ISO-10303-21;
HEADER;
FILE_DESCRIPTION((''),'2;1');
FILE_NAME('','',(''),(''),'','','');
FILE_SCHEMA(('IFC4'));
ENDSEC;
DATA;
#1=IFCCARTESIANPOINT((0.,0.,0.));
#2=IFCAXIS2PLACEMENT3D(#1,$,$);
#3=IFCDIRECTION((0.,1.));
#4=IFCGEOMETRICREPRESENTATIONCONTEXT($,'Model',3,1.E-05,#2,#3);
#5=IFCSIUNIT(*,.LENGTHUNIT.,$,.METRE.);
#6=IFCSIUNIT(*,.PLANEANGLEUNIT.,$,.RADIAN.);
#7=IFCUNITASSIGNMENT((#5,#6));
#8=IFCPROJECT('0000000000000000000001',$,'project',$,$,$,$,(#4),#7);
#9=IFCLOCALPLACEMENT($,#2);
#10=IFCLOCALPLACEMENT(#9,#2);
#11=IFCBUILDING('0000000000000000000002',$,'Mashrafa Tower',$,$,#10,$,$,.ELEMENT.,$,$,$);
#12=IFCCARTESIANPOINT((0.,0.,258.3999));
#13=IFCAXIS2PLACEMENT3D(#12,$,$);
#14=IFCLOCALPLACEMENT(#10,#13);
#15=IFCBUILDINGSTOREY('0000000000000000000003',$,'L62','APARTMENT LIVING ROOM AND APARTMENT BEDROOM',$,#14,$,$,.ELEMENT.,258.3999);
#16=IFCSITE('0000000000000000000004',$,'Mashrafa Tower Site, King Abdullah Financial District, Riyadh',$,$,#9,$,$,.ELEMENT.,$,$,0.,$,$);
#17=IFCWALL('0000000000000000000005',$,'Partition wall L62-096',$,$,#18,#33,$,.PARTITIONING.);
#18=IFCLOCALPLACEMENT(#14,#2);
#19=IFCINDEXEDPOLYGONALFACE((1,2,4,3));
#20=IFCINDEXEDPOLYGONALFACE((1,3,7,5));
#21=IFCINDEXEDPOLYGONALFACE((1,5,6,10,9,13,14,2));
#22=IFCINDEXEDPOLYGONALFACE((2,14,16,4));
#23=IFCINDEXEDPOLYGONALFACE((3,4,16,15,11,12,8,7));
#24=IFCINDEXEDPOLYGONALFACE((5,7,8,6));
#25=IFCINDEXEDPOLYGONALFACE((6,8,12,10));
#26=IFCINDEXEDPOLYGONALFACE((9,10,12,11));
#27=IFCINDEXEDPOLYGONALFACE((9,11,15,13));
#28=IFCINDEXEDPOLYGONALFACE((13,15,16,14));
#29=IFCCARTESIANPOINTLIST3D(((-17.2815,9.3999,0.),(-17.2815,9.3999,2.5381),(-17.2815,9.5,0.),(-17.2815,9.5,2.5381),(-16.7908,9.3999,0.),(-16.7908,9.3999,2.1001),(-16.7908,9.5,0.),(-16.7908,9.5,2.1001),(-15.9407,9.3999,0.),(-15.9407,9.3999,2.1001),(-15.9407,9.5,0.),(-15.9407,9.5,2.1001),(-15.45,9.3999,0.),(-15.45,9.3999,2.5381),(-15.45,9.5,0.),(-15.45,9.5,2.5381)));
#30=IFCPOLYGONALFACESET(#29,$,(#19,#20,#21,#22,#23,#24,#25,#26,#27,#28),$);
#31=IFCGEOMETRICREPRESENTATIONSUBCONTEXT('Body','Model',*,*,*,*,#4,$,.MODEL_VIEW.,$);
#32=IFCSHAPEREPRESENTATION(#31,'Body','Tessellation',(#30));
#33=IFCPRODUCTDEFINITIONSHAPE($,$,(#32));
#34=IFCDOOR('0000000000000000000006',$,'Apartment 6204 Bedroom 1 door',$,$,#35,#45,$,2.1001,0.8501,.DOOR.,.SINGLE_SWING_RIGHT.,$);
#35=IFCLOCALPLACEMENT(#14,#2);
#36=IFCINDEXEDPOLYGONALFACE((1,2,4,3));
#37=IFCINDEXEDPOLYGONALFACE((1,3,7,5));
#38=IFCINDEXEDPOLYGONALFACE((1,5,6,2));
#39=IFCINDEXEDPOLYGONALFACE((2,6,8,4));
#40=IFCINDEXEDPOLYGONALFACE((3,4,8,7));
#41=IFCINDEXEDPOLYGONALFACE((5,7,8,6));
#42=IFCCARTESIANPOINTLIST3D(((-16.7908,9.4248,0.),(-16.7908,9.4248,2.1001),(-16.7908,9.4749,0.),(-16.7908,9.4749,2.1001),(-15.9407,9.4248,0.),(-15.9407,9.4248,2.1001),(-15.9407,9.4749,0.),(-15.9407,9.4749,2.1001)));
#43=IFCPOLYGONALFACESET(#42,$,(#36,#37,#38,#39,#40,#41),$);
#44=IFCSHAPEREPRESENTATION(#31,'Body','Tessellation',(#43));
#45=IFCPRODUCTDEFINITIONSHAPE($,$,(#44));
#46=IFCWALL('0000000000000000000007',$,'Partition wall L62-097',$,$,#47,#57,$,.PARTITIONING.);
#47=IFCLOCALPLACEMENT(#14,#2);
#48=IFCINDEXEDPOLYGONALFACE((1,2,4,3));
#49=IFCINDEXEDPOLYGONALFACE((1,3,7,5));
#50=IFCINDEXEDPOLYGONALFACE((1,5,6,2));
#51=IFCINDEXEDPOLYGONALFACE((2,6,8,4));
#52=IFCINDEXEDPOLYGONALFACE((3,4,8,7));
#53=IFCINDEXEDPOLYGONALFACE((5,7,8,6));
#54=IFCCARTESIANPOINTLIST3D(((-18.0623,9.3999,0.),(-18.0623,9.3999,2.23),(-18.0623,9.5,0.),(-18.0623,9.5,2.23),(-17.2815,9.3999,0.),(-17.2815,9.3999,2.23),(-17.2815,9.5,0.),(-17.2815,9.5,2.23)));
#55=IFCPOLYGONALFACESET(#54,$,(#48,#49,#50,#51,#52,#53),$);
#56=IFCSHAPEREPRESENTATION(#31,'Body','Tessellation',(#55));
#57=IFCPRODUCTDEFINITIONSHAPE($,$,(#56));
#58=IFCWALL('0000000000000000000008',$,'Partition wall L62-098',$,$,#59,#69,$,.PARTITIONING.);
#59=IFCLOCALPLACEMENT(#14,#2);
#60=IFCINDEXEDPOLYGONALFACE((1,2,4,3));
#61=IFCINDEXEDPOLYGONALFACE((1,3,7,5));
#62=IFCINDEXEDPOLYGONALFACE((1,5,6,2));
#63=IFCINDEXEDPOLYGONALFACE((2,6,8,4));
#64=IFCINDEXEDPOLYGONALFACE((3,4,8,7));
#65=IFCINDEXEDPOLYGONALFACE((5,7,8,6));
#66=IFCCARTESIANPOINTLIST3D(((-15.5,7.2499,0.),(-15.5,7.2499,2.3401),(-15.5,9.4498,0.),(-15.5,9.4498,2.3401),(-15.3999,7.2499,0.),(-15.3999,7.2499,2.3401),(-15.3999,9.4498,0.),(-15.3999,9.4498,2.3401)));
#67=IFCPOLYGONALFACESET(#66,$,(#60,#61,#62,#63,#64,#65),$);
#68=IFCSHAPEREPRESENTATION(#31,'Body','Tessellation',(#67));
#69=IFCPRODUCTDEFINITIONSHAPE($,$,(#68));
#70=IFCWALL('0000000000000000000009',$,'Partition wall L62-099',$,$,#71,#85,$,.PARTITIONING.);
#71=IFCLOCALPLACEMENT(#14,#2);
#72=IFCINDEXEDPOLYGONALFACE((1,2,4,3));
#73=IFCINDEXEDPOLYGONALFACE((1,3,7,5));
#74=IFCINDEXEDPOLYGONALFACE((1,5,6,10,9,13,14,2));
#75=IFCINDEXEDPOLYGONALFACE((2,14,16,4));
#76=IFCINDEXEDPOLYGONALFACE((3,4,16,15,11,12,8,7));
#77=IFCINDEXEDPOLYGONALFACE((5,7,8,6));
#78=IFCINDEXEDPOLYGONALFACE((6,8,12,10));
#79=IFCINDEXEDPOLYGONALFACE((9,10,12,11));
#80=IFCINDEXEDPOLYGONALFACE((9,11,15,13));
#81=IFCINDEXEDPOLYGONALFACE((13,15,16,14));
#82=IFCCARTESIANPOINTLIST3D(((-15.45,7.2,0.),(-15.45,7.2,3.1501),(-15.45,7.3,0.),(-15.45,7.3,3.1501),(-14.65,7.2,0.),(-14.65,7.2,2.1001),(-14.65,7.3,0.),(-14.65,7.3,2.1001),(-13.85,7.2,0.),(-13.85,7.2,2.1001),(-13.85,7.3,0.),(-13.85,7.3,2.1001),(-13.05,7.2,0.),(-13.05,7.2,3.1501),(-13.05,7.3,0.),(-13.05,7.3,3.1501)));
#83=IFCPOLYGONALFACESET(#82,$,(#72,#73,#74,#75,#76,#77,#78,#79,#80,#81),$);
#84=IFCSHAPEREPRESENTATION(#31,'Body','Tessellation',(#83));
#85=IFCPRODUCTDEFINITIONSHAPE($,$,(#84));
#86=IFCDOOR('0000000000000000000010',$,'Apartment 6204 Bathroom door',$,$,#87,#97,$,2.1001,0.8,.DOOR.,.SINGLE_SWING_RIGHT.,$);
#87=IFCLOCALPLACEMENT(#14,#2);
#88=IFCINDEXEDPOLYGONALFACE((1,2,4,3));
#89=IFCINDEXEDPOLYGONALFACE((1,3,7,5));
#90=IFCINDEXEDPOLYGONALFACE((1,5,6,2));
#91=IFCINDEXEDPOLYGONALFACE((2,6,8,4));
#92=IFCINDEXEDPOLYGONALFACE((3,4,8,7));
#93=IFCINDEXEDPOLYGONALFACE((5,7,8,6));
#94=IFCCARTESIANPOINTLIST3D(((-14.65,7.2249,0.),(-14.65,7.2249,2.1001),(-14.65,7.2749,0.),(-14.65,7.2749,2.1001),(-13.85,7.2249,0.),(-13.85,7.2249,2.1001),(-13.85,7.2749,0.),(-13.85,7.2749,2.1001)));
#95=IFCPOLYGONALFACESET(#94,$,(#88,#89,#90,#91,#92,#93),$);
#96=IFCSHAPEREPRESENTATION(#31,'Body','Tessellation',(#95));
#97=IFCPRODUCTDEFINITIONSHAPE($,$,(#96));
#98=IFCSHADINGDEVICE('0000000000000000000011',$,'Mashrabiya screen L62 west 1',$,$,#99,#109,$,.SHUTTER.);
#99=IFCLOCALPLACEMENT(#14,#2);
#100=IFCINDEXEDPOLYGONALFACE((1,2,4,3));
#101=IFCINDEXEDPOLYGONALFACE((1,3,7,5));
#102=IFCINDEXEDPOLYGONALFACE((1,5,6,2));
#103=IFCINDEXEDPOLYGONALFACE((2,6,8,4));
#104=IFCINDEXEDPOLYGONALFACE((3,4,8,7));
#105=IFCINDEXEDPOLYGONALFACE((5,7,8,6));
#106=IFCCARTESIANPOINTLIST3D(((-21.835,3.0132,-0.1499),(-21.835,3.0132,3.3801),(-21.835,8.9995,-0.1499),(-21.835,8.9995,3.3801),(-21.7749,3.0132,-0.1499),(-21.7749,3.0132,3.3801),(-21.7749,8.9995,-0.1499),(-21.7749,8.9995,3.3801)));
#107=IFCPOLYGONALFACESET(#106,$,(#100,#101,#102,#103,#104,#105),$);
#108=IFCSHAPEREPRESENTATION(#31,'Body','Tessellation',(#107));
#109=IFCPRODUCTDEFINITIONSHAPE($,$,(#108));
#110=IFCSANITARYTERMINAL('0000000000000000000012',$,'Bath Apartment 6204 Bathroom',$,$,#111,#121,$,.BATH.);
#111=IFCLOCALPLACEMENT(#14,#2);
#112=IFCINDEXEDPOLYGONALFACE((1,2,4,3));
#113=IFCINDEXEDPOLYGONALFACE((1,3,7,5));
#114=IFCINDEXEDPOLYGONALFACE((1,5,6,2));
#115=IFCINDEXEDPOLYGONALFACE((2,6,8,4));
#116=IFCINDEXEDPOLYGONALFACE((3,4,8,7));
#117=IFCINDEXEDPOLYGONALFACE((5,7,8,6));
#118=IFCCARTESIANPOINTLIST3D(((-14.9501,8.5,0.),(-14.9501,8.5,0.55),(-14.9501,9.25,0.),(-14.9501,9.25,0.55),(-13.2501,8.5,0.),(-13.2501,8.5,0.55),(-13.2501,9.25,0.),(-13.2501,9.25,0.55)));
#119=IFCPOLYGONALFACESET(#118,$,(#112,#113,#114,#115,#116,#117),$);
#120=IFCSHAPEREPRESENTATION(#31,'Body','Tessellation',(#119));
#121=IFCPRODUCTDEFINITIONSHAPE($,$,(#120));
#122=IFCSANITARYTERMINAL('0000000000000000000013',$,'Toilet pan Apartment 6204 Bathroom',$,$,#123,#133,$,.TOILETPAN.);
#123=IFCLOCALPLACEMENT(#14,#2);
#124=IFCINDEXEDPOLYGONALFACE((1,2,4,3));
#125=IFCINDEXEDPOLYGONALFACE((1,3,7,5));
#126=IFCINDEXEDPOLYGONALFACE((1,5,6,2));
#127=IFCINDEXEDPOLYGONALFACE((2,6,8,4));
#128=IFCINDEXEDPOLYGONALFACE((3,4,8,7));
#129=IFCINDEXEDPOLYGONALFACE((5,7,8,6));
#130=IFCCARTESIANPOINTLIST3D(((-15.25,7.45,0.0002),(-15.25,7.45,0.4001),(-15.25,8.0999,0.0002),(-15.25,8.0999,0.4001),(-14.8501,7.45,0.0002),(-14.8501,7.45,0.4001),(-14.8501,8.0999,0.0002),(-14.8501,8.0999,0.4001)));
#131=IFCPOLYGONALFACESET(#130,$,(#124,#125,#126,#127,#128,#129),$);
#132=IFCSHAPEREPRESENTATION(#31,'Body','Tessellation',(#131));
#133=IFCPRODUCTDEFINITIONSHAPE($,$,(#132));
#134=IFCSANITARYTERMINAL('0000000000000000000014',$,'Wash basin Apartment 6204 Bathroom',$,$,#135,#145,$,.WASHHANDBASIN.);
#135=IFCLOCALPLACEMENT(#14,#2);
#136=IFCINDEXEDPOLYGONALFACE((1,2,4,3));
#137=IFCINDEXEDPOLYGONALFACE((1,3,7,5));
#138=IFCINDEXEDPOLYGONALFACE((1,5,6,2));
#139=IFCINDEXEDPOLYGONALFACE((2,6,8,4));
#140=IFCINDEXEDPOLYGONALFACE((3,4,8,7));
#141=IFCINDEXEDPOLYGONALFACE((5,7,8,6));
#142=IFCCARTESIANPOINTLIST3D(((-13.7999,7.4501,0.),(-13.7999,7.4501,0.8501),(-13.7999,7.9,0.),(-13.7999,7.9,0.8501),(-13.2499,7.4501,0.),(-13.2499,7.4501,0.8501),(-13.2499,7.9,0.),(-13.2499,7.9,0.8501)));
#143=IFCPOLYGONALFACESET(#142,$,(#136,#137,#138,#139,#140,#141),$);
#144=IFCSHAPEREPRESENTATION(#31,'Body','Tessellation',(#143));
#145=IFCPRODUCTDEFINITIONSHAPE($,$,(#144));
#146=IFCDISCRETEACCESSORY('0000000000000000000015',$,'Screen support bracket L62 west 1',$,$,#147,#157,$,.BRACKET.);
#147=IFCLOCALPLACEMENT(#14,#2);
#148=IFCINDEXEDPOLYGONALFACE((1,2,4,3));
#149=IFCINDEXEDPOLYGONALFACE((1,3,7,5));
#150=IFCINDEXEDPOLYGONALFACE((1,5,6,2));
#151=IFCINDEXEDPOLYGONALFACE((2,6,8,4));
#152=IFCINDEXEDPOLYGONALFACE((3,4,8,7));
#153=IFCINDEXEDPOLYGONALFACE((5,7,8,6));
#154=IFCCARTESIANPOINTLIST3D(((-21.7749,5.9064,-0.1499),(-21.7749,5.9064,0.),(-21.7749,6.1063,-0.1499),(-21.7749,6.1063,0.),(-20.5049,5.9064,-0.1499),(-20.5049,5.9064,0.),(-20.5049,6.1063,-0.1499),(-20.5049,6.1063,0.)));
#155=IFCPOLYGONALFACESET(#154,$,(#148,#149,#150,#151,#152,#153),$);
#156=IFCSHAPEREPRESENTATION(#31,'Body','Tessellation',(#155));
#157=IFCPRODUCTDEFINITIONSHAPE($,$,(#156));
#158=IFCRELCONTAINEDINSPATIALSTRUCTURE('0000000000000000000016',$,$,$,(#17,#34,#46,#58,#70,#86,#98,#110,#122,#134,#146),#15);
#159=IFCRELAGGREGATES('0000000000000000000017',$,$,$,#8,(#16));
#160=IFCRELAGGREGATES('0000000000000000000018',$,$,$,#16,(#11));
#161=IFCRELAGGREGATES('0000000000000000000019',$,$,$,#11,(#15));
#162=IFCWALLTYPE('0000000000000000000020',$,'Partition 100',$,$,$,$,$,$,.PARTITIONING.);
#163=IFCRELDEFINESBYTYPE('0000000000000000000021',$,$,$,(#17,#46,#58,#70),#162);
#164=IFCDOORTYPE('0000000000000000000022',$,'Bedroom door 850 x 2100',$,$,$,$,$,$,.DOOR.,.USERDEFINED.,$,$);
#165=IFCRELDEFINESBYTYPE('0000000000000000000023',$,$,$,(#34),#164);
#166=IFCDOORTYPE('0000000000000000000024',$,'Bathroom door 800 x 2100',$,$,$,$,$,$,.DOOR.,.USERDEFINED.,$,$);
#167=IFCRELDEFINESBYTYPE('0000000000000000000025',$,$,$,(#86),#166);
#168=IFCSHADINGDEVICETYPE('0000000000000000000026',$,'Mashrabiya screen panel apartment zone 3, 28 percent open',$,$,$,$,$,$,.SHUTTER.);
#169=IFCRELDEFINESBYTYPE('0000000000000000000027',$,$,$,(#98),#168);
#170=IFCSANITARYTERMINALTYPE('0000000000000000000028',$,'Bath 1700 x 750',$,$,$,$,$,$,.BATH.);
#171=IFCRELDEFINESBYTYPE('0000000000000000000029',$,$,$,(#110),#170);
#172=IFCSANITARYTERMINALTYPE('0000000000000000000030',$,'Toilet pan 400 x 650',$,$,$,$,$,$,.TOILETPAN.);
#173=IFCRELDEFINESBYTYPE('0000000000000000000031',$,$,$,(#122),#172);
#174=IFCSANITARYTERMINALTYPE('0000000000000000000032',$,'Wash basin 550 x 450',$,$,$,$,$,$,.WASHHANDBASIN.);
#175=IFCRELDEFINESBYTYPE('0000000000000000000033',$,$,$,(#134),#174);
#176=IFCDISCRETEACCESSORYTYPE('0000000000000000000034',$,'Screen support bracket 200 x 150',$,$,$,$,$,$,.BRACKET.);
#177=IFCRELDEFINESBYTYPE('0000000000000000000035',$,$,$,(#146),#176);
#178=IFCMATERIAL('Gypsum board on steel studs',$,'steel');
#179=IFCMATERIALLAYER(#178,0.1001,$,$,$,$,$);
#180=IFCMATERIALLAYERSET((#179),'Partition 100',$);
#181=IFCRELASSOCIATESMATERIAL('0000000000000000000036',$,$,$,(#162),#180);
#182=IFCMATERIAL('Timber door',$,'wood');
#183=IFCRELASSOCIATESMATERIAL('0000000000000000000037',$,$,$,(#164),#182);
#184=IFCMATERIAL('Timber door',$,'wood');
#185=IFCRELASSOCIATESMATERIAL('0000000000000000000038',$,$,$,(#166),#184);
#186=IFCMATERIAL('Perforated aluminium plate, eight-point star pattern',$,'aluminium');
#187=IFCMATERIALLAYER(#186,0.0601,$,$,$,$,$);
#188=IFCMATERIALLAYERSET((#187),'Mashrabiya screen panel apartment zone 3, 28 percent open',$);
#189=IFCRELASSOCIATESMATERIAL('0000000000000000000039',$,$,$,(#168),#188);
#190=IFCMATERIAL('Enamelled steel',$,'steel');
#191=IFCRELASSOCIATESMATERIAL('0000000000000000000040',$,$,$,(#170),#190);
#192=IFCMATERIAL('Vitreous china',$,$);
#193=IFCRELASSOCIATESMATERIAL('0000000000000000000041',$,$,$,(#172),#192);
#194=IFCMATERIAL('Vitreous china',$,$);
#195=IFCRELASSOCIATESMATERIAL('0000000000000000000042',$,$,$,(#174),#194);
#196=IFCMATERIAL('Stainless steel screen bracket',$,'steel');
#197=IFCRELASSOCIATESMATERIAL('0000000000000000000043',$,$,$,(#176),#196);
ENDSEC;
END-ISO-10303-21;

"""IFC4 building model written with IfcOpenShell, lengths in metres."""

from ifc_helpers import new_model, si_unit, direction, frame, frame_2d, origin, origin_2d, place, context, subcontext, project, spatial, rectangle, extrude, source, transform, mapped, material, layer, layer_set, type_object, type_shapes, element, fill, save


model = new_model("IFC4")

# Units and contexts
model_context = context("Model", 3, precision=1e-05, world=origin(), true_north=direction((0.0, 1.0)))
body_context = subcontext(model_context, "Body", "Model", "MODEL_VIEW")
ifc_project = project(units=[si_unit("LENGTHUNIT", "METRE"), si_unit("PLANEANGLEUNIT", "RADIAN")], contexts=[model_context])

# Site, building, storey
site_placement = place(None, origin())
site = spatial("IfcSite", under=ifc_project, at=site_placement, Name="Mashrafa Tower Site, King Abdullah Financial District, Riyadh", CompositionType="ELEMENT", RefElevation=0.0)
building_placement = place(site_placement, origin())
building = spatial("IfcBuilding", under=site, at=building_placement, Name="Mashrafa Tower", CompositionType="ELEMENT")
storey_placement = place(building_placement, frame((0.0, 0.0, 258.3999)))
storey = spatial("IfcBuildingStorey", under=building, at=storey_placement, Name="L62", Description="APARTMENT LIVING ROOM AND APARTMENT BEDROOM", CompositionType="ELEMENT", Elevation=258.3999)

# Shared definitions
ifc_material_1 = material(Name="Gypsum board on steel studs", Category="steel")
ifc_layer_1 = layer(ifc_material_1, 0.1001)
ifc_layer_set_1 = layer_set([ifc_layer_1], Name="Partition 100")
wall_type_1 = type_object("IfcWallType", Name="Partition 100", PredefinedType="PARTITIONING", material=ifc_layer_set_1)

# Wall, opening, door
wall_1_placement = place(storey_placement, frame((-17.2815, 9.45, 0.0), z_axis=(0.0, 0.0, 1.0), x_axis=(1.0, 0.0, 0.0)))
wall_1 = element("IfcWall", 1, at=wall_1_placement, inside=storey, type_object=wall_type_1, Name="Partition wall L62-096", PredefinedType="PARTITIONING", context=body_context, shape_type="SweptSolid", body=[
    extrude(rectangle(XDim=1.8315, YDim=0.1001, at=frame_2d((0.9158, 0.0))), origin(), (0.0, 0.0, 1.0), 2.5381),
])
opening_1_placement = place(wall_1_placement, frame((0.4907, 0.0, 0.0)))
opening_1 = element("IfcOpeningElement", 2, at=opening_1_placement, cuts=wall_1, PredefinedType="OPENING", context=body_context, shape_type="SweptSolid", body=[
    extrude(rectangle(XDim=0.8501, YDim=2.1001, at=frame_2d((0.425, 1.05))), frame((0.0, 0.0601, 0.0), z_axis=(0.0, -1.0, 0.0), x_axis=(1.0, 0.0, 0.0)), (0.0, 0.0, 1.0), 0.1201),
])
ifc_material_2 = material(Name="Timber door", Category="wood")
door_type_1 = type_object("IfcDoorType", Name="Bedroom door 850 x 2100", OperationType="USERDEFINED", PredefinedType="DOOR", material=ifc_material_2)
door_1_placement = place(opening_1_placement, origin())
door_1 = element("IfcDoor", 3, at=door_1_placement, inside=storey, type_object=door_type_1, Name="Apartment 6204 Bedroom 1 door", OperationType="SINGLE_SWING_RIGHT", OverallHeight=2.1001, OverallWidth=0.8501, PredefinedType="DOOR", context=body_context, shape_type="SweptSolid", body=[
    extrude(rectangle(XDim=0.8501, YDim=2.1001, at=frame_2d((0.425, 1.05))), frame((0.0, 0.0249, 0.0), z_axis=(0.0, -1.0, 0.0), x_axis=(1.0, 0.0, 0.0)), (0.0, 0.0, 1.0), 0.05),
])
fill(opening_1, door_1)

# Walls
wall_2_placement = place(storey_placement, frame((-18.0623, 9.45, 0.0), z_axis=(0.0, 0.0, 1.0), x_axis=(1.0, 0.0, 0.0)))
element("IfcWall", 4, at=wall_2_placement, inside=storey, type_object=wall_type_1, Name="Partition wall L62-097", PredefinedType="PARTITIONING", context=body_context, shape_type="SweptSolid", body=[
    extrude(rectangle(XDim=0.7808, YDim=0.1001, at=frame_2d((0.3904, 0.0))), origin(), (0.0, 0.0, 1.0), 2.23),
])
wall_3_placement = place(storey_placement, frame((-15.45, 9.45, 0.0), z_axis=(0.0, 0.0, 1.0), x_axis=(0.0, -1.0, 0.0)))
element("IfcWall", 5, at=wall_3_placement, inside=storey, type_object=wall_type_1, Name="Partition wall L62-098", PredefinedType="PARTITIONING", context=body_context, shape_type="SweptSolid", body=[
    extrude(rectangle(XDim=2.2, YDim=0.1001, at=frame_2d((1.1001, 0.0))), origin(), (0.0, 0.0, 1.0), 2.3401),
])

# Wall, opening, door
wall_4_placement = place(storey_placement, frame((-15.45, 7.25, 0.0), z_axis=(0.0, 0.0, 1.0), x_axis=(1.0, 0.0, 0.0)))
wall_4 = element("IfcWall", 6, at=wall_4_placement, inside=storey, type_object=wall_type_1, Name="Partition wall L62-099", PredefinedType="PARTITIONING", context=body_context, shape_type="SweptSolid", body=[
    extrude(rectangle(XDim=2.3999, YDim=0.1001, at=frame_2d((1.2, 0.0))), origin(), (0.0, 0.0, 1.0), 3.1501),
])
opening_2_placement = place(wall_4_placement, frame((0.8, 0.0, 0.0)))
opening_2 = element("IfcOpeningElement", 7, at=opening_2_placement, cuts=wall_4, PredefinedType="OPENING", context=body_context, shape_type="SweptSolid", body=[
    extrude(rectangle(XDim=0.8, YDim=2.1001, at=frame_2d((0.3999, 1.05))), frame((0.0, 0.0601, 0.0), z_axis=(0.0, -1.0, 0.0), x_axis=(1.0, 0.0, 0.0)), (0.0, 0.0, 1.0), 0.1201),
])
ifc_material_3 = material(Name="Timber door", Category="wood")
door_type_2 = type_object("IfcDoorType", Name="Bathroom door 800 x 2100", OperationType="USERDEFINED", PredefinedType="DOOR", material=ifc_material_3)
door_2_placement = place(opening_2_placement, origin())
door_2 = element("IfcDoor", 8, at=door_2_placement, inside=storey, type_object=door_type_2, Name="Apartment 6204 Bathroom door", OperationType="SINGLE_SWING_RIGHT", OverallHeight=2.1001, OverallWidth=0.8, PredefinedType="DOOR", context=body_context, shape_type="SweptSolid", body=[
    extrude(rectangle(XDim=0.8, YDim=2.1001, at=frame_2d((0.3999, 1.05))), frame((0.0, 0.0249, 0.0), z_axis=(0.0, -1.0, 0.0), x_axis=(1.0, 0.0, 0.0)), (0.0, 0.0, 1.0), 0.05),
])
fill(opening_2, door_2)

# Shading device
ifc_material_4 = material(Name="Perforated aluminium plate, eight-point star pattern", Category="aluminium")
ifc_layer_2 = layer(ifc_material_4, 0.0601)
ifc_layer_set_2 = layer_set([ifc_layer_2], Name="Mashrabiya screen panel apartment zone 3, 28 percent open")
shading_device_type = type_object("IfcShadingDeviceType", Name="Mashrabiya screen panel apartment zone 3, 28 percent open", PredefinedType="SHUTTER", material=ifc_layer_set_2)
shared_shape_1 = source(origin(), body_context, "Body", "SweptSolid", [
    extrude(rectangle(XDim=5.9863, YDim=0.0601, at=origin_2d()), origin(), (0.0, 0.0, 1.0), 3.53),
])
type_shapes(shading_device_type, [shared_shape_1])
shading_device_placement = place(storey_placement, frame((-21.8049, 6.0063, -0.1499), z_axis=(0.0, 0.0, 1.0), x_axis=(0.0, -1.0, 0.0)))
element("IfcShadingDevice", 9, at=shading_device_placement, inside=storey, type_object=shading_device_type, Name="Mashrabiya screen L62 west 1", PredefinedType="SHUTTER", context=body_context, shape_type="MappedRepresentation", body=[
    mapped(shared_shape_1, transform((0.0, 0.0, 0.0))),
])

# Sanitary terminals
ifc_material_5 = material(Name="Enamelled steel", Category="steel")
sanitary_terminal_type_1 = type_object("IfcSanitaryTerminalType", Name="Bath 1700 x 750", PredefinedType="BATH", material=ifc_material_5)
sanitary_terminal_1_placement = place(storey_placement, frame((-14.1001, 8.875, 0.0), z_axis=(0.0, 0.0, 1.0), x_axis=(-1.0, 0.0, 0.0)))
element("IfcSanitaryTerminal", 10, at=sanitary_terminal_1_placement, inside=storey, type_object=sanitary_terminal_type_1, Name="Bath Apartment 6204 Bathroom", PredefinedType="BATH", context=body_context, shape_type="SweptSolid", body=[
    extrude(rectangle(XDim=1.7, YDim=0.75, at=origin_2d()), origin(), (0.0, 0.0, 1.0), 0.55),
])
ifc_material_6 = material(Name="Vitreous china")
sanitary_terminal_type_2 = type_object("IfcSanitaryTerminalType", Name="Toilet pan 400 x 650", PredefinedType="TOILETPAN", material=ifc_material_6)
sanitary_terminal_2_placement = place(storey_placement, frame((-15.05, 7.7749, 0.0002), z_axis=(0.0, 0.0, 1.0), x_axis=(1.0, 0.0, 0.0)))
element("IfcSanitaryTerminal", 11, at=sanitary_terminal_2_placement, inside=storey, type_object=sanitary_terminal_type_2, Name="Toilet pan Apartment 6204 Bathroom", PredefinedType="TOILETPAN", context=body_context, shape_type="SweptSolid", body=[
    extrude(rectangle(XDim=0.3999, YDim=0.6499, at=origin_2d()), origin(), (0.0, 0.0, 1.0), 0.3999),
])
ifc_material_7 = material(Name="Vitreous china")
sanitary_terminal_type_3 = type_object("IfcSanitaryTerminalType", Name="Wash basin 550 x 450", PredefinedType="WASHHANDBASIN", material=ifc_material_7)
sanitary_terminal_3_placement = place(storey_placement, frame((-13.5249, 7.675, 0.0), z_axis=(0.0, 0.0, 1.0), x_axis=(1.0, 0.0, 0.0)))
element("IfcSanitaryTerminal", 12, at=sanitary_terminal_3_placement, inside=storey, type_object=sanitary_terminal_type_3, Name="Wash basin Apartment 6204 Bathroom", PredefinedType="WASHHANDBASIN", context=body_context, shape_type="SweptSolid", body=[
    extrude(rectangle(XDim=0.55, YDim=0.45, at=origin_2d()), origin(), (0.0, 0.0, 1.0), 0.8501),
])

# Discrete accessory
ifc_material_8 = material(Name="Stainless steel screen bracket", Category="steel")
discrete_accessory_type = type_object("IfcDiscreteAccessoryType", Name="Screen support bracket 200 x 150", PredefinedType="BRACKET", material=ifc_material_8)
shared_shape_2 = source(origin(), body_context, "Body", "SweptSolid", [
    extrude(rectangle(XDim=0.2, YDim=1.27, at=origin_2d()), origin(), (0.0, 0.0, 1.0), 0.1499),
])
type_shapes(discrete_accessory_type, [shared_shape_2])
discrete_accessory_placement = place(storey_placement, frame((-21.1399, 6.0063, -0.1499), z_axis=(0.0, 0.0, 1.0), x_axis=(0.0, -1.0, 0.0)))
element("IfcDiscreteAccessory", 13, at=discrete_accessory_placement, inside=storey, type_object=discrete_accessory_type, Name="Screen support bracket L62 west 1", PredefinedType="BRACKET", context=body_context, shape_type="MappedRepresentation", body=[
    mapped(shared_shape_2, transform((0.0, 0.0, 0.0))),
])

save(model, "model.ifc")
